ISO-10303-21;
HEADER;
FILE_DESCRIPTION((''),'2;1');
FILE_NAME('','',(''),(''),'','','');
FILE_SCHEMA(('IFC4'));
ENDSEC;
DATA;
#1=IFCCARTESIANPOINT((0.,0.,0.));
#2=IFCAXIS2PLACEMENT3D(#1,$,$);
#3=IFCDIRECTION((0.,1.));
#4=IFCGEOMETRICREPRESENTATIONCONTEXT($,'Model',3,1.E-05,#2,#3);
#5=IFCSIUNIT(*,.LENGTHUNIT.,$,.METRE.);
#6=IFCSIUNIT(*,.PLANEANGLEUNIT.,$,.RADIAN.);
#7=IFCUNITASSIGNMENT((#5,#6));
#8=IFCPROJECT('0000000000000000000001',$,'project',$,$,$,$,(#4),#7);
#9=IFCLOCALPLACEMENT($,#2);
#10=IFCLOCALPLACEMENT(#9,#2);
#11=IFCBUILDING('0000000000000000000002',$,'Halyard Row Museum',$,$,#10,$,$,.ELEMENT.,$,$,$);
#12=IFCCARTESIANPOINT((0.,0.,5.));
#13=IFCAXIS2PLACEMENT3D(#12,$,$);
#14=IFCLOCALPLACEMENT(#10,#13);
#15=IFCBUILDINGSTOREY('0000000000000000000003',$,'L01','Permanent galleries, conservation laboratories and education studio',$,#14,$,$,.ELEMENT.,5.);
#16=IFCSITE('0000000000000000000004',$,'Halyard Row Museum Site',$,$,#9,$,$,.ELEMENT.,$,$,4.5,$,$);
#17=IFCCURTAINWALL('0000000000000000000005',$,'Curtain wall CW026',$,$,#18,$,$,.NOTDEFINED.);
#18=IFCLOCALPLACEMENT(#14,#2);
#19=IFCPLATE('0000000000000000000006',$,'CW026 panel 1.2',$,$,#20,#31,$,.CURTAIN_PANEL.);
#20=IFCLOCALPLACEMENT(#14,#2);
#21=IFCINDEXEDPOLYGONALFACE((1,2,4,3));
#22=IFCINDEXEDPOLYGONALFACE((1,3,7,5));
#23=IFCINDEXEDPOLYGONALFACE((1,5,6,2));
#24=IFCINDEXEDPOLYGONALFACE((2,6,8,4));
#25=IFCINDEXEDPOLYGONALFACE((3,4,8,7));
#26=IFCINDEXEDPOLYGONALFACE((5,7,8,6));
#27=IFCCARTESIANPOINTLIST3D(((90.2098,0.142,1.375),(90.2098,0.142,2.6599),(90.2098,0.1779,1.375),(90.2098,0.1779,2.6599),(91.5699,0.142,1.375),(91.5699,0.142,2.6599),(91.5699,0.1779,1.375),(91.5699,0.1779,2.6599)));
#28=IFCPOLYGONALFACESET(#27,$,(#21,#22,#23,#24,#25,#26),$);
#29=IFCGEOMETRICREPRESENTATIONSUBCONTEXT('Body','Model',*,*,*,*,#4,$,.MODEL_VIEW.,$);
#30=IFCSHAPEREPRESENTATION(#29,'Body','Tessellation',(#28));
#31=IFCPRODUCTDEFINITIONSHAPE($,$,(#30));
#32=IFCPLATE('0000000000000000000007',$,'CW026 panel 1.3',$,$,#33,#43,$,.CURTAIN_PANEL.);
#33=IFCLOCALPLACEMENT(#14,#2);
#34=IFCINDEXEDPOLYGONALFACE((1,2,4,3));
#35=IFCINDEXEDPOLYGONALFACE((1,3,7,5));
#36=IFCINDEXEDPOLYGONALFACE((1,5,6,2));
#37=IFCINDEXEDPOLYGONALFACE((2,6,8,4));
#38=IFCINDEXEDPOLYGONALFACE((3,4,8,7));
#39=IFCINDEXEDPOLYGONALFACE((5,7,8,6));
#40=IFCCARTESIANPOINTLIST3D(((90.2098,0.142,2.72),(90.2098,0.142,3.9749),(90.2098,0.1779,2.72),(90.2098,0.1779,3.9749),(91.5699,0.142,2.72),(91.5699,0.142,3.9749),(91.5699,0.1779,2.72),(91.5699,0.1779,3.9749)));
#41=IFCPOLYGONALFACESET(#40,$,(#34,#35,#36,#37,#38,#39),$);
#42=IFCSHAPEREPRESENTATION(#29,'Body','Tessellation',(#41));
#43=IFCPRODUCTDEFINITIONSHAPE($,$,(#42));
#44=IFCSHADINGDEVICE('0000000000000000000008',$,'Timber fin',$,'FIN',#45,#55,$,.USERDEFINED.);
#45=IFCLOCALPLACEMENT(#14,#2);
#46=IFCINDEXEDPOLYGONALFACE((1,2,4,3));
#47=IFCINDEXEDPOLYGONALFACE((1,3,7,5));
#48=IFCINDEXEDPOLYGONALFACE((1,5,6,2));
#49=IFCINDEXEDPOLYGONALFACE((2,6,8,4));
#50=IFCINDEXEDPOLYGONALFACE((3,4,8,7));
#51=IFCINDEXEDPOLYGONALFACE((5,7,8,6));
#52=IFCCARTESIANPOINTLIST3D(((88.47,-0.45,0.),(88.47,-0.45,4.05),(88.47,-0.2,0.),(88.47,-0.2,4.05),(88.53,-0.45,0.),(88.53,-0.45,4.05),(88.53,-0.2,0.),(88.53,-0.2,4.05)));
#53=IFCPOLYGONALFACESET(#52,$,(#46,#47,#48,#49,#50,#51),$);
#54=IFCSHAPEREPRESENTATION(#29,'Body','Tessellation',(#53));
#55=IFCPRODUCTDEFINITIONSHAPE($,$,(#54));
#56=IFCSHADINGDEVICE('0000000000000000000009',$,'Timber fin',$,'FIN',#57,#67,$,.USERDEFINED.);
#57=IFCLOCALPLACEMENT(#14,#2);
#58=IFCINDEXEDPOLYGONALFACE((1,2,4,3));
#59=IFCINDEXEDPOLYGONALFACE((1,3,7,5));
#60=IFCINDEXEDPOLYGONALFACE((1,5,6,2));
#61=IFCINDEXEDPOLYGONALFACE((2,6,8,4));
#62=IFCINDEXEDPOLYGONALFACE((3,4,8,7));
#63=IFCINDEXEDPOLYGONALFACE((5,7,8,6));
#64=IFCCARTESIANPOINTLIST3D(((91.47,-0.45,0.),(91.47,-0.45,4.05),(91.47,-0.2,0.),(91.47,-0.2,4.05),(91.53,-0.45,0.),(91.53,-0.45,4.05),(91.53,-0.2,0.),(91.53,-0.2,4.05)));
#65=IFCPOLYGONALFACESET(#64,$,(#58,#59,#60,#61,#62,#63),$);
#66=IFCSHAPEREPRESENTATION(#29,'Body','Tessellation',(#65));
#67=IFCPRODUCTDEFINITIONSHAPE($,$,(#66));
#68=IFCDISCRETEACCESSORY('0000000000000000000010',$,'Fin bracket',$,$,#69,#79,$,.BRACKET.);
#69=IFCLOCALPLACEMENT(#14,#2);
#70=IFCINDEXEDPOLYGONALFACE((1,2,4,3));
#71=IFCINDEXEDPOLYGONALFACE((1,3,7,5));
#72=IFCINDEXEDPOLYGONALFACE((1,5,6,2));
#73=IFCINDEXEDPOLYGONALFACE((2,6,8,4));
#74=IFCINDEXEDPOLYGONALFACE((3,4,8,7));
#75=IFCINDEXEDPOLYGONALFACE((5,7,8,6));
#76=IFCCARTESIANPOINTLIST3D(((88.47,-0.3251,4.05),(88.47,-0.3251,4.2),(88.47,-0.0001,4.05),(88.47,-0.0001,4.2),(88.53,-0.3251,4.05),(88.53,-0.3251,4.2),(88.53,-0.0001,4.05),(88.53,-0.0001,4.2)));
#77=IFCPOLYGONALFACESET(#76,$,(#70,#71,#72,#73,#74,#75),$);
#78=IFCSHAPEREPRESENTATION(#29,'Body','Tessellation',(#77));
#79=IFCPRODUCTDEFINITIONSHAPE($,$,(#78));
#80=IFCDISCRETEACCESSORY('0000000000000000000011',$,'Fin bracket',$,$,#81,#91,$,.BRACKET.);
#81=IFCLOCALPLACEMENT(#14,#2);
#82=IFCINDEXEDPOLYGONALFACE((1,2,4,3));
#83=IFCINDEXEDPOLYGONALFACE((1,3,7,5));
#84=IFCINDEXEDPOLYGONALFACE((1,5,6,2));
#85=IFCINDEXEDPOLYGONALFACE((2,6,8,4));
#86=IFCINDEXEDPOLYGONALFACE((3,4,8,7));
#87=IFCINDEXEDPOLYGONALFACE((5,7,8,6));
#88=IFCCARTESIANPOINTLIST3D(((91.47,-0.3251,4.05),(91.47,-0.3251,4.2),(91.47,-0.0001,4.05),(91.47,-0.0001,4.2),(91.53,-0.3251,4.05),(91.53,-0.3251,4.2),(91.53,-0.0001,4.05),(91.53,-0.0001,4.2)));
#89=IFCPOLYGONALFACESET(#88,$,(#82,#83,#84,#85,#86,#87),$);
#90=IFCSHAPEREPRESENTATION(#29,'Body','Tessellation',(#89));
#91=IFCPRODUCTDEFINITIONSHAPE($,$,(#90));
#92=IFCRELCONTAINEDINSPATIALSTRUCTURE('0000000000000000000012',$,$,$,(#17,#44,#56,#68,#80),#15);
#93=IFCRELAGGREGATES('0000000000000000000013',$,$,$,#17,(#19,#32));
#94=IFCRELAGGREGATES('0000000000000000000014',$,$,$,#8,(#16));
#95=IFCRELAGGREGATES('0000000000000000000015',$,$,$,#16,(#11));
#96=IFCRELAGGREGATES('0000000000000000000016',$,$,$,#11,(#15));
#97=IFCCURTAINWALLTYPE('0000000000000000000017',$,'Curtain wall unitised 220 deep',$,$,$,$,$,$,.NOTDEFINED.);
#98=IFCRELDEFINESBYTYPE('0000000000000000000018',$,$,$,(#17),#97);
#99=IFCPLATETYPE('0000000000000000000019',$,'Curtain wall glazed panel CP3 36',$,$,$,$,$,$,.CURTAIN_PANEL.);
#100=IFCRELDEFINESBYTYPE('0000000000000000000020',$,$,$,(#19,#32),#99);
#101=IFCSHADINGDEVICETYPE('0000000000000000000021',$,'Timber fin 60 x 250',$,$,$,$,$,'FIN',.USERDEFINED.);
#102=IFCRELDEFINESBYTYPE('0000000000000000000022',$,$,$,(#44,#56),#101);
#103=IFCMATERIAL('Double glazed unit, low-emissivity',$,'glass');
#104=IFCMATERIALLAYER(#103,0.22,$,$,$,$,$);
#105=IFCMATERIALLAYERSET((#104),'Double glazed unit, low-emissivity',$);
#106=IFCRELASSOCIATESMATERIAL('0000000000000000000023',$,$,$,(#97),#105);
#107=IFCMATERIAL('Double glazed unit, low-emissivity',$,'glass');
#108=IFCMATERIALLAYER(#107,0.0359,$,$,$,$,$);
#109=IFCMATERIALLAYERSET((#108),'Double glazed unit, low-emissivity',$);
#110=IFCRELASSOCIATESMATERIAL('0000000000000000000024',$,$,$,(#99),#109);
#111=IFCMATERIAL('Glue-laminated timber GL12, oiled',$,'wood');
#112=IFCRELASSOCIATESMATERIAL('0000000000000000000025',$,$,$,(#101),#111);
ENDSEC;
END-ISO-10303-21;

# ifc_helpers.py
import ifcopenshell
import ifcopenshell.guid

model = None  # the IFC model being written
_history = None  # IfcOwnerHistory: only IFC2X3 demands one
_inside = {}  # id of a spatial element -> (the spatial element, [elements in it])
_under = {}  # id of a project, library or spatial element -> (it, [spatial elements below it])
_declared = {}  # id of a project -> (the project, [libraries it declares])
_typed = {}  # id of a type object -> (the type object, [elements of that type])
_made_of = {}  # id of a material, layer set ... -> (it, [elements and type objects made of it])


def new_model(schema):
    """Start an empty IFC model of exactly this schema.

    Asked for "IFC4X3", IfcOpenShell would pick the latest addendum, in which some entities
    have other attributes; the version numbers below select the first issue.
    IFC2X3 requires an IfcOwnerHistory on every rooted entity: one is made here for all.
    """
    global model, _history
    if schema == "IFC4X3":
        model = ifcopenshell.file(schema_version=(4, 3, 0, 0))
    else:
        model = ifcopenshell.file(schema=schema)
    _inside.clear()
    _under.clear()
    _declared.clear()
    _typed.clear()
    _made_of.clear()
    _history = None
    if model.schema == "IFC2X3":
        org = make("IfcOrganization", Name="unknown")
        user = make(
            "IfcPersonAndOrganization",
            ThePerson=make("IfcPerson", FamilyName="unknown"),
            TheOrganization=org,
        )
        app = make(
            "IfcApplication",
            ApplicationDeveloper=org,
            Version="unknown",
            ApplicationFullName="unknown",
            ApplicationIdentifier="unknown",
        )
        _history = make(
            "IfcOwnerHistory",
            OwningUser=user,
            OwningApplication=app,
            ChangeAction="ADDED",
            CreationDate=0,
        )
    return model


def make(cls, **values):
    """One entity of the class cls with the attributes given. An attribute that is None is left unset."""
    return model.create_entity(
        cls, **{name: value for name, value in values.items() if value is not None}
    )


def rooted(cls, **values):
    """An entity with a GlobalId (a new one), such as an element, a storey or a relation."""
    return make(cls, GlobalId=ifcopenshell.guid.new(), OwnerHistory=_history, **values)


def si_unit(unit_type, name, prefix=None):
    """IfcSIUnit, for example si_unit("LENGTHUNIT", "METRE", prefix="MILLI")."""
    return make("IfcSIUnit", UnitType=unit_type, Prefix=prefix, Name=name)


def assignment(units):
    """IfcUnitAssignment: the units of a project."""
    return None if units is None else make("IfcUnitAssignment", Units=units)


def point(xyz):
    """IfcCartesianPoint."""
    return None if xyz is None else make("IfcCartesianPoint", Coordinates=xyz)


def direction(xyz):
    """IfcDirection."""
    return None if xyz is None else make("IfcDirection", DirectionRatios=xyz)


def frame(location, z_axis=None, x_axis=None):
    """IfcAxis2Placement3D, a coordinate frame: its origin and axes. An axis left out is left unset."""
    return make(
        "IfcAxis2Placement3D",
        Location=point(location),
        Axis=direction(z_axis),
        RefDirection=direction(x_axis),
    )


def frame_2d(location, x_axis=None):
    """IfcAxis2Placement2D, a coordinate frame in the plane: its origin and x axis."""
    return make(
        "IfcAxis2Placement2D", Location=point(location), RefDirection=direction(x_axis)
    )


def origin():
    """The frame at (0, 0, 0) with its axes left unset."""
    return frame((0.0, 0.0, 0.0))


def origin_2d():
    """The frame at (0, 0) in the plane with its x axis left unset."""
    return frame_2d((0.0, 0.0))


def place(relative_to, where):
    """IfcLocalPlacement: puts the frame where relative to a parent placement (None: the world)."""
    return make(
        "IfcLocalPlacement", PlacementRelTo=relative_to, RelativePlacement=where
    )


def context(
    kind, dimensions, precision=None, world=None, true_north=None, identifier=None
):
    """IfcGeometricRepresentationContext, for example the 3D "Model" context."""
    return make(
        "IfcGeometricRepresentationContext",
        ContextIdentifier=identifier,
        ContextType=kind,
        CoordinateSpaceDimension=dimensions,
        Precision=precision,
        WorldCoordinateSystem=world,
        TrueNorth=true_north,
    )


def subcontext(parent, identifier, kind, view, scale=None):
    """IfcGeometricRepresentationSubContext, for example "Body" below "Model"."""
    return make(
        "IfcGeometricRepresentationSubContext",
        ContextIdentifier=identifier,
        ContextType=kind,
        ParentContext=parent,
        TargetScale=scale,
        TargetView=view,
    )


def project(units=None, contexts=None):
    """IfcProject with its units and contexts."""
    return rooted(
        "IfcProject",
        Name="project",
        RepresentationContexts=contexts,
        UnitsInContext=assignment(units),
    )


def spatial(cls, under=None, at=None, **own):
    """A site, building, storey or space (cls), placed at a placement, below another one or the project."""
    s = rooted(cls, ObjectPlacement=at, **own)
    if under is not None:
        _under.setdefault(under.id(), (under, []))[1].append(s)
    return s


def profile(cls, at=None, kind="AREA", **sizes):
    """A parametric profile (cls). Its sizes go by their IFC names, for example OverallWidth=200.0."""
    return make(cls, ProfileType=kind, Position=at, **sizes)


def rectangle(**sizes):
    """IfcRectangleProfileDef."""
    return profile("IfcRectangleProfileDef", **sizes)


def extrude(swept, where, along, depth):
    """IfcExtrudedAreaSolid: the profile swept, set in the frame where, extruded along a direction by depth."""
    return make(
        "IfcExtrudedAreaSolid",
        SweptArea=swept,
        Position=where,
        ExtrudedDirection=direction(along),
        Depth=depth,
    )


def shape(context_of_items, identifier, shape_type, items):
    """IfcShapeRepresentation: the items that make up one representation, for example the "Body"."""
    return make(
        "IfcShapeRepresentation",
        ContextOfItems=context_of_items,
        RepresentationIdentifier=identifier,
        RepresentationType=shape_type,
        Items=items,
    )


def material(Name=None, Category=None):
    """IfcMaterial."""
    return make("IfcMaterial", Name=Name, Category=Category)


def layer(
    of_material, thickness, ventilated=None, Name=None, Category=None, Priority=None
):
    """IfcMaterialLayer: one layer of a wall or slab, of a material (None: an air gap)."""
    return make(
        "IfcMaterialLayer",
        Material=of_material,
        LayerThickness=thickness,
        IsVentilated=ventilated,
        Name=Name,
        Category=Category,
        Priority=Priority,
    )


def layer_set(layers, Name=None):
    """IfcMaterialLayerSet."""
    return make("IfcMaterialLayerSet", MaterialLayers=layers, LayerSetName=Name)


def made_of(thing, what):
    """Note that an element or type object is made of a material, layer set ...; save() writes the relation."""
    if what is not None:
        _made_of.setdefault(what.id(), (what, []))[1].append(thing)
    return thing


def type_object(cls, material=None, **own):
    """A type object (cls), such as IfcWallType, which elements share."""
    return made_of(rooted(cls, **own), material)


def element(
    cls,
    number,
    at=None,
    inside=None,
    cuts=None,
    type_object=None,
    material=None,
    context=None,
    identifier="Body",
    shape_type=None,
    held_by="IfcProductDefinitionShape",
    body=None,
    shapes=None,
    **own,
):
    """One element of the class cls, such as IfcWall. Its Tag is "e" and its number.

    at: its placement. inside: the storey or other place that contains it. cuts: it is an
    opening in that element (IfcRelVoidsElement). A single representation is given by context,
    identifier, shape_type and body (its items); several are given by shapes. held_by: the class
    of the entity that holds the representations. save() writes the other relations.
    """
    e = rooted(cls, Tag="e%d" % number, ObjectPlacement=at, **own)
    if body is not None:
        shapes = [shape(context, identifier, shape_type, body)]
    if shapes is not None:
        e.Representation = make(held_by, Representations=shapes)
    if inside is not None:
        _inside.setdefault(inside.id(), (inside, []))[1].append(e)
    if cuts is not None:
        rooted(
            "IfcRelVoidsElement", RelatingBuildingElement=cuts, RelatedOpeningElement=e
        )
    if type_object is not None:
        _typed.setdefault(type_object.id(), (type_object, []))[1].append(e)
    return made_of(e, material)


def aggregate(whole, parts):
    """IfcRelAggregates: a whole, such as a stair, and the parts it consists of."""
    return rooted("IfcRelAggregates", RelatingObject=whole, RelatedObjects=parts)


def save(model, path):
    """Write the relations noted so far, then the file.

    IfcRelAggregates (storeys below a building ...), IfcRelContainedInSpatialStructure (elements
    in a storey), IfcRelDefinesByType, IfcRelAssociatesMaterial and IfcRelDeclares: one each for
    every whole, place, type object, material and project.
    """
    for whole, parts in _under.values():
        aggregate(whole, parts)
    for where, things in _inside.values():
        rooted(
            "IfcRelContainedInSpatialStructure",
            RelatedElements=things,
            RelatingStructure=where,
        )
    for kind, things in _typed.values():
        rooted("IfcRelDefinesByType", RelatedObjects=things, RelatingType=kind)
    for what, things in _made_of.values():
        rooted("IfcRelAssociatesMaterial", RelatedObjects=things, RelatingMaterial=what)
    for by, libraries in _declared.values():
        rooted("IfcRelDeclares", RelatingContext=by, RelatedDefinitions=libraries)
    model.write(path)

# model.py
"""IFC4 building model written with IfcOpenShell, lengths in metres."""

from ifc_helpers import new_model, si_unit, direction, frame, origin, origin_2d, place, context, subcontext, project, spatial, rectangle, extrude, material, layer, layer_set, type_object, element, aggregate, save


model = new_model("IFC4")

# Units and contexts
model_context = context("Model", 3, precision=1e-05, world=origin(), true_north=direction((0.0, 1.0)))
body_context = subcontext(model_context, "Body", "Model", "MODEL_VIEW")
ifc_project = project(units=[si_unit("LENGTHUNIT", "METRE"), si_unit("PLANEANGLEUNIT", "RADIAN")], contexts=[model_context])

# Site, building, storey
site_placement = place(None, origin())
site = spatial("IfcSite", under=ifc_project, at=site_placement, Name="Halyard Row Museum Site", CompositionType="ELEMENT", RefElevation=4.5)
building_placement = place(site_placement, origin())
building = spatial("IfcBuilding", under=site, at=building_placement, Name="Halyard Row Museum", CompositionType="ELEMENT")
storey_placement = place(building_placement, frame((0.0, 0.0, 5.0)))
storey = spatial("IfcBuildingStorey", under=building, at=storey_placement, Name="L01", Description="Permanent galleries, conservation laboratories and education studio", CompositionType="ELEMENT", Elevation=5.0)

# Shared definitions
ifc_material_1 = material(Name="Double glazed unit, low-emissivity", Category="glass")
ifc_layer_1 = layer(ifc_material_1, 0.22)
ifc_layer_set_1 = layer_set([ifc_layer_1], Name="Double glazed unit, low-emissivity")
curtain_wall_type = type_object("IfcCurtainWallType", Name="Curtain wall unitised 220 deep", PredefinedType="NOTDEFINED", material=ifc_layer_set_1)

# Curtain wall
curtain_wall_1_placement = place(storey_placement, origin())
curtain_wall_1 = element("IfcCurtainWall", 1, at=curtain_wall_1_placement, inside=storey, type_object=curtain_wall_type, Name="Curtain wall CW026", PredefinedType="NOTDEFINED")

# Plates
ifc_material_2 = material(Name="Double glazed unit, low-emissivity", Category="glass")
ifc_layer_2 = layer(ifc_material_2, 0.0359)
ifc_layer_set_2 = layer_set([ifc_layer_2], Name="Double glazed unit, low-emissivity")
plate_type = type_object("IfcPlateType", Name="Curtain wall glazed panel CP3 36", PredefinedType="CURTAIN_PANEL", material=ifc_layer_set_2)
plate_1_placement = place(storey_placement, frame((90.8899, 0.1599, 1.375), z_axis=(0.0, 0.0, 1.0), x_axis=(1.0, 0.0, 0.0)))
plate_1 = element("IfcPlate", 2, at=plate_1_placement, type_object=plate_type, Name="CW026 panel 1.2", PredefinedType="CURTAIN_PANEL", context=body_context, shape_type="SweptSolid", body=[
    extrude(rectangle(XDim=1.3601, YDim=0.0359, at=origin_2d()), origin(), (0.0, 0.0, 1.0), 1.2849),
])
plate_2_placement = place(storey_placement, frame((90.8899, 0.1599, 2.72), z_axis=(0.0, 0.0, 1.0), x_axis=(1.0, 0.0, 0.0)))
plate_2 = element("IfcPlate", 3, at=plate_2_placement, type_object=plate_type, Name="CW026 panel 1.3", PredefinedType="CURTAIN_PANEL", context=body_context, shape_type="SweptSolid", body=[
    extrude(rectangle(XDim=1.3601, YDim=0.0359, at=origin_2d()), origin(), (0.0, 0.0, 1.0), 1.2549),
])
aggregate(curtain_wall_1, [plate_1, plate_2])

# Shading devices
ifc_material_3 = material(Name="Glue-laminated timber GL12, oiled", Category="wood")
shading_device_type = type_object("IfcShadingDeviceType", Name="Timber fin 60 x 250", ElementType="FIN", PredefinedType="USERDEFINED", material=ifc_material_3)
for number, where, z_axis, x_axis, name in (
    (4, (88.5, -0.325, 0.0), (0.0, 0.0, 1.0), (1.0, 0.0, 0.0), "Timber fin"),
    (5, (91.5, -0.325, 0.0), (0.0, 0.0, 1.0), (1.0, 0.0, 0.0), "Timber fin"),
):
    element("IfcShadingDevice", number, at=place(storey_placement, frame(where, z_axis=z_axis, x_axis=x_axis)), inside=storey, type_object=shading_device_type, Name=name, ObjectType="FIN", PredefinedType="USERDEFINED", context=body_context, shape_type="SweptSolid", body=[
        extrude(rectangle(XDim=0.0601, YDim=0.25, at=origin_2d()), origin(), (0.0, 0.0, 1.0), 4.05),
    ])

# Discrete accessories
for number, where, z_axis, x_axis, name in (
    (6, (88.5, -0.1626, 4.05), (0.0, 0.0, 1.0), (1.0, 0.0, 0.0), "Fin bracket"),
    (7, (91.5, -0.1626, 4.05), (0.0, 0.0, 1.0), (1.0, 0.0, 0.0), "Fin bracket"),
):
    element("IfcDiscreteAccessory", number, at=place(storey_placement, frame(where, z_axis=z_axis, x_axis=x_axis)), inside=storey, Name=name, PredefinedType="BRACKET", context=body_context, shape_type="SweptSolid", body=[
        extrude(rectangle(XDim=0.0601, YDim=0.325, at=origin_2d()), origin(), (0.0, 0.0, 1.0), 0.1499),
    ])

save(model, "model.ifc")
